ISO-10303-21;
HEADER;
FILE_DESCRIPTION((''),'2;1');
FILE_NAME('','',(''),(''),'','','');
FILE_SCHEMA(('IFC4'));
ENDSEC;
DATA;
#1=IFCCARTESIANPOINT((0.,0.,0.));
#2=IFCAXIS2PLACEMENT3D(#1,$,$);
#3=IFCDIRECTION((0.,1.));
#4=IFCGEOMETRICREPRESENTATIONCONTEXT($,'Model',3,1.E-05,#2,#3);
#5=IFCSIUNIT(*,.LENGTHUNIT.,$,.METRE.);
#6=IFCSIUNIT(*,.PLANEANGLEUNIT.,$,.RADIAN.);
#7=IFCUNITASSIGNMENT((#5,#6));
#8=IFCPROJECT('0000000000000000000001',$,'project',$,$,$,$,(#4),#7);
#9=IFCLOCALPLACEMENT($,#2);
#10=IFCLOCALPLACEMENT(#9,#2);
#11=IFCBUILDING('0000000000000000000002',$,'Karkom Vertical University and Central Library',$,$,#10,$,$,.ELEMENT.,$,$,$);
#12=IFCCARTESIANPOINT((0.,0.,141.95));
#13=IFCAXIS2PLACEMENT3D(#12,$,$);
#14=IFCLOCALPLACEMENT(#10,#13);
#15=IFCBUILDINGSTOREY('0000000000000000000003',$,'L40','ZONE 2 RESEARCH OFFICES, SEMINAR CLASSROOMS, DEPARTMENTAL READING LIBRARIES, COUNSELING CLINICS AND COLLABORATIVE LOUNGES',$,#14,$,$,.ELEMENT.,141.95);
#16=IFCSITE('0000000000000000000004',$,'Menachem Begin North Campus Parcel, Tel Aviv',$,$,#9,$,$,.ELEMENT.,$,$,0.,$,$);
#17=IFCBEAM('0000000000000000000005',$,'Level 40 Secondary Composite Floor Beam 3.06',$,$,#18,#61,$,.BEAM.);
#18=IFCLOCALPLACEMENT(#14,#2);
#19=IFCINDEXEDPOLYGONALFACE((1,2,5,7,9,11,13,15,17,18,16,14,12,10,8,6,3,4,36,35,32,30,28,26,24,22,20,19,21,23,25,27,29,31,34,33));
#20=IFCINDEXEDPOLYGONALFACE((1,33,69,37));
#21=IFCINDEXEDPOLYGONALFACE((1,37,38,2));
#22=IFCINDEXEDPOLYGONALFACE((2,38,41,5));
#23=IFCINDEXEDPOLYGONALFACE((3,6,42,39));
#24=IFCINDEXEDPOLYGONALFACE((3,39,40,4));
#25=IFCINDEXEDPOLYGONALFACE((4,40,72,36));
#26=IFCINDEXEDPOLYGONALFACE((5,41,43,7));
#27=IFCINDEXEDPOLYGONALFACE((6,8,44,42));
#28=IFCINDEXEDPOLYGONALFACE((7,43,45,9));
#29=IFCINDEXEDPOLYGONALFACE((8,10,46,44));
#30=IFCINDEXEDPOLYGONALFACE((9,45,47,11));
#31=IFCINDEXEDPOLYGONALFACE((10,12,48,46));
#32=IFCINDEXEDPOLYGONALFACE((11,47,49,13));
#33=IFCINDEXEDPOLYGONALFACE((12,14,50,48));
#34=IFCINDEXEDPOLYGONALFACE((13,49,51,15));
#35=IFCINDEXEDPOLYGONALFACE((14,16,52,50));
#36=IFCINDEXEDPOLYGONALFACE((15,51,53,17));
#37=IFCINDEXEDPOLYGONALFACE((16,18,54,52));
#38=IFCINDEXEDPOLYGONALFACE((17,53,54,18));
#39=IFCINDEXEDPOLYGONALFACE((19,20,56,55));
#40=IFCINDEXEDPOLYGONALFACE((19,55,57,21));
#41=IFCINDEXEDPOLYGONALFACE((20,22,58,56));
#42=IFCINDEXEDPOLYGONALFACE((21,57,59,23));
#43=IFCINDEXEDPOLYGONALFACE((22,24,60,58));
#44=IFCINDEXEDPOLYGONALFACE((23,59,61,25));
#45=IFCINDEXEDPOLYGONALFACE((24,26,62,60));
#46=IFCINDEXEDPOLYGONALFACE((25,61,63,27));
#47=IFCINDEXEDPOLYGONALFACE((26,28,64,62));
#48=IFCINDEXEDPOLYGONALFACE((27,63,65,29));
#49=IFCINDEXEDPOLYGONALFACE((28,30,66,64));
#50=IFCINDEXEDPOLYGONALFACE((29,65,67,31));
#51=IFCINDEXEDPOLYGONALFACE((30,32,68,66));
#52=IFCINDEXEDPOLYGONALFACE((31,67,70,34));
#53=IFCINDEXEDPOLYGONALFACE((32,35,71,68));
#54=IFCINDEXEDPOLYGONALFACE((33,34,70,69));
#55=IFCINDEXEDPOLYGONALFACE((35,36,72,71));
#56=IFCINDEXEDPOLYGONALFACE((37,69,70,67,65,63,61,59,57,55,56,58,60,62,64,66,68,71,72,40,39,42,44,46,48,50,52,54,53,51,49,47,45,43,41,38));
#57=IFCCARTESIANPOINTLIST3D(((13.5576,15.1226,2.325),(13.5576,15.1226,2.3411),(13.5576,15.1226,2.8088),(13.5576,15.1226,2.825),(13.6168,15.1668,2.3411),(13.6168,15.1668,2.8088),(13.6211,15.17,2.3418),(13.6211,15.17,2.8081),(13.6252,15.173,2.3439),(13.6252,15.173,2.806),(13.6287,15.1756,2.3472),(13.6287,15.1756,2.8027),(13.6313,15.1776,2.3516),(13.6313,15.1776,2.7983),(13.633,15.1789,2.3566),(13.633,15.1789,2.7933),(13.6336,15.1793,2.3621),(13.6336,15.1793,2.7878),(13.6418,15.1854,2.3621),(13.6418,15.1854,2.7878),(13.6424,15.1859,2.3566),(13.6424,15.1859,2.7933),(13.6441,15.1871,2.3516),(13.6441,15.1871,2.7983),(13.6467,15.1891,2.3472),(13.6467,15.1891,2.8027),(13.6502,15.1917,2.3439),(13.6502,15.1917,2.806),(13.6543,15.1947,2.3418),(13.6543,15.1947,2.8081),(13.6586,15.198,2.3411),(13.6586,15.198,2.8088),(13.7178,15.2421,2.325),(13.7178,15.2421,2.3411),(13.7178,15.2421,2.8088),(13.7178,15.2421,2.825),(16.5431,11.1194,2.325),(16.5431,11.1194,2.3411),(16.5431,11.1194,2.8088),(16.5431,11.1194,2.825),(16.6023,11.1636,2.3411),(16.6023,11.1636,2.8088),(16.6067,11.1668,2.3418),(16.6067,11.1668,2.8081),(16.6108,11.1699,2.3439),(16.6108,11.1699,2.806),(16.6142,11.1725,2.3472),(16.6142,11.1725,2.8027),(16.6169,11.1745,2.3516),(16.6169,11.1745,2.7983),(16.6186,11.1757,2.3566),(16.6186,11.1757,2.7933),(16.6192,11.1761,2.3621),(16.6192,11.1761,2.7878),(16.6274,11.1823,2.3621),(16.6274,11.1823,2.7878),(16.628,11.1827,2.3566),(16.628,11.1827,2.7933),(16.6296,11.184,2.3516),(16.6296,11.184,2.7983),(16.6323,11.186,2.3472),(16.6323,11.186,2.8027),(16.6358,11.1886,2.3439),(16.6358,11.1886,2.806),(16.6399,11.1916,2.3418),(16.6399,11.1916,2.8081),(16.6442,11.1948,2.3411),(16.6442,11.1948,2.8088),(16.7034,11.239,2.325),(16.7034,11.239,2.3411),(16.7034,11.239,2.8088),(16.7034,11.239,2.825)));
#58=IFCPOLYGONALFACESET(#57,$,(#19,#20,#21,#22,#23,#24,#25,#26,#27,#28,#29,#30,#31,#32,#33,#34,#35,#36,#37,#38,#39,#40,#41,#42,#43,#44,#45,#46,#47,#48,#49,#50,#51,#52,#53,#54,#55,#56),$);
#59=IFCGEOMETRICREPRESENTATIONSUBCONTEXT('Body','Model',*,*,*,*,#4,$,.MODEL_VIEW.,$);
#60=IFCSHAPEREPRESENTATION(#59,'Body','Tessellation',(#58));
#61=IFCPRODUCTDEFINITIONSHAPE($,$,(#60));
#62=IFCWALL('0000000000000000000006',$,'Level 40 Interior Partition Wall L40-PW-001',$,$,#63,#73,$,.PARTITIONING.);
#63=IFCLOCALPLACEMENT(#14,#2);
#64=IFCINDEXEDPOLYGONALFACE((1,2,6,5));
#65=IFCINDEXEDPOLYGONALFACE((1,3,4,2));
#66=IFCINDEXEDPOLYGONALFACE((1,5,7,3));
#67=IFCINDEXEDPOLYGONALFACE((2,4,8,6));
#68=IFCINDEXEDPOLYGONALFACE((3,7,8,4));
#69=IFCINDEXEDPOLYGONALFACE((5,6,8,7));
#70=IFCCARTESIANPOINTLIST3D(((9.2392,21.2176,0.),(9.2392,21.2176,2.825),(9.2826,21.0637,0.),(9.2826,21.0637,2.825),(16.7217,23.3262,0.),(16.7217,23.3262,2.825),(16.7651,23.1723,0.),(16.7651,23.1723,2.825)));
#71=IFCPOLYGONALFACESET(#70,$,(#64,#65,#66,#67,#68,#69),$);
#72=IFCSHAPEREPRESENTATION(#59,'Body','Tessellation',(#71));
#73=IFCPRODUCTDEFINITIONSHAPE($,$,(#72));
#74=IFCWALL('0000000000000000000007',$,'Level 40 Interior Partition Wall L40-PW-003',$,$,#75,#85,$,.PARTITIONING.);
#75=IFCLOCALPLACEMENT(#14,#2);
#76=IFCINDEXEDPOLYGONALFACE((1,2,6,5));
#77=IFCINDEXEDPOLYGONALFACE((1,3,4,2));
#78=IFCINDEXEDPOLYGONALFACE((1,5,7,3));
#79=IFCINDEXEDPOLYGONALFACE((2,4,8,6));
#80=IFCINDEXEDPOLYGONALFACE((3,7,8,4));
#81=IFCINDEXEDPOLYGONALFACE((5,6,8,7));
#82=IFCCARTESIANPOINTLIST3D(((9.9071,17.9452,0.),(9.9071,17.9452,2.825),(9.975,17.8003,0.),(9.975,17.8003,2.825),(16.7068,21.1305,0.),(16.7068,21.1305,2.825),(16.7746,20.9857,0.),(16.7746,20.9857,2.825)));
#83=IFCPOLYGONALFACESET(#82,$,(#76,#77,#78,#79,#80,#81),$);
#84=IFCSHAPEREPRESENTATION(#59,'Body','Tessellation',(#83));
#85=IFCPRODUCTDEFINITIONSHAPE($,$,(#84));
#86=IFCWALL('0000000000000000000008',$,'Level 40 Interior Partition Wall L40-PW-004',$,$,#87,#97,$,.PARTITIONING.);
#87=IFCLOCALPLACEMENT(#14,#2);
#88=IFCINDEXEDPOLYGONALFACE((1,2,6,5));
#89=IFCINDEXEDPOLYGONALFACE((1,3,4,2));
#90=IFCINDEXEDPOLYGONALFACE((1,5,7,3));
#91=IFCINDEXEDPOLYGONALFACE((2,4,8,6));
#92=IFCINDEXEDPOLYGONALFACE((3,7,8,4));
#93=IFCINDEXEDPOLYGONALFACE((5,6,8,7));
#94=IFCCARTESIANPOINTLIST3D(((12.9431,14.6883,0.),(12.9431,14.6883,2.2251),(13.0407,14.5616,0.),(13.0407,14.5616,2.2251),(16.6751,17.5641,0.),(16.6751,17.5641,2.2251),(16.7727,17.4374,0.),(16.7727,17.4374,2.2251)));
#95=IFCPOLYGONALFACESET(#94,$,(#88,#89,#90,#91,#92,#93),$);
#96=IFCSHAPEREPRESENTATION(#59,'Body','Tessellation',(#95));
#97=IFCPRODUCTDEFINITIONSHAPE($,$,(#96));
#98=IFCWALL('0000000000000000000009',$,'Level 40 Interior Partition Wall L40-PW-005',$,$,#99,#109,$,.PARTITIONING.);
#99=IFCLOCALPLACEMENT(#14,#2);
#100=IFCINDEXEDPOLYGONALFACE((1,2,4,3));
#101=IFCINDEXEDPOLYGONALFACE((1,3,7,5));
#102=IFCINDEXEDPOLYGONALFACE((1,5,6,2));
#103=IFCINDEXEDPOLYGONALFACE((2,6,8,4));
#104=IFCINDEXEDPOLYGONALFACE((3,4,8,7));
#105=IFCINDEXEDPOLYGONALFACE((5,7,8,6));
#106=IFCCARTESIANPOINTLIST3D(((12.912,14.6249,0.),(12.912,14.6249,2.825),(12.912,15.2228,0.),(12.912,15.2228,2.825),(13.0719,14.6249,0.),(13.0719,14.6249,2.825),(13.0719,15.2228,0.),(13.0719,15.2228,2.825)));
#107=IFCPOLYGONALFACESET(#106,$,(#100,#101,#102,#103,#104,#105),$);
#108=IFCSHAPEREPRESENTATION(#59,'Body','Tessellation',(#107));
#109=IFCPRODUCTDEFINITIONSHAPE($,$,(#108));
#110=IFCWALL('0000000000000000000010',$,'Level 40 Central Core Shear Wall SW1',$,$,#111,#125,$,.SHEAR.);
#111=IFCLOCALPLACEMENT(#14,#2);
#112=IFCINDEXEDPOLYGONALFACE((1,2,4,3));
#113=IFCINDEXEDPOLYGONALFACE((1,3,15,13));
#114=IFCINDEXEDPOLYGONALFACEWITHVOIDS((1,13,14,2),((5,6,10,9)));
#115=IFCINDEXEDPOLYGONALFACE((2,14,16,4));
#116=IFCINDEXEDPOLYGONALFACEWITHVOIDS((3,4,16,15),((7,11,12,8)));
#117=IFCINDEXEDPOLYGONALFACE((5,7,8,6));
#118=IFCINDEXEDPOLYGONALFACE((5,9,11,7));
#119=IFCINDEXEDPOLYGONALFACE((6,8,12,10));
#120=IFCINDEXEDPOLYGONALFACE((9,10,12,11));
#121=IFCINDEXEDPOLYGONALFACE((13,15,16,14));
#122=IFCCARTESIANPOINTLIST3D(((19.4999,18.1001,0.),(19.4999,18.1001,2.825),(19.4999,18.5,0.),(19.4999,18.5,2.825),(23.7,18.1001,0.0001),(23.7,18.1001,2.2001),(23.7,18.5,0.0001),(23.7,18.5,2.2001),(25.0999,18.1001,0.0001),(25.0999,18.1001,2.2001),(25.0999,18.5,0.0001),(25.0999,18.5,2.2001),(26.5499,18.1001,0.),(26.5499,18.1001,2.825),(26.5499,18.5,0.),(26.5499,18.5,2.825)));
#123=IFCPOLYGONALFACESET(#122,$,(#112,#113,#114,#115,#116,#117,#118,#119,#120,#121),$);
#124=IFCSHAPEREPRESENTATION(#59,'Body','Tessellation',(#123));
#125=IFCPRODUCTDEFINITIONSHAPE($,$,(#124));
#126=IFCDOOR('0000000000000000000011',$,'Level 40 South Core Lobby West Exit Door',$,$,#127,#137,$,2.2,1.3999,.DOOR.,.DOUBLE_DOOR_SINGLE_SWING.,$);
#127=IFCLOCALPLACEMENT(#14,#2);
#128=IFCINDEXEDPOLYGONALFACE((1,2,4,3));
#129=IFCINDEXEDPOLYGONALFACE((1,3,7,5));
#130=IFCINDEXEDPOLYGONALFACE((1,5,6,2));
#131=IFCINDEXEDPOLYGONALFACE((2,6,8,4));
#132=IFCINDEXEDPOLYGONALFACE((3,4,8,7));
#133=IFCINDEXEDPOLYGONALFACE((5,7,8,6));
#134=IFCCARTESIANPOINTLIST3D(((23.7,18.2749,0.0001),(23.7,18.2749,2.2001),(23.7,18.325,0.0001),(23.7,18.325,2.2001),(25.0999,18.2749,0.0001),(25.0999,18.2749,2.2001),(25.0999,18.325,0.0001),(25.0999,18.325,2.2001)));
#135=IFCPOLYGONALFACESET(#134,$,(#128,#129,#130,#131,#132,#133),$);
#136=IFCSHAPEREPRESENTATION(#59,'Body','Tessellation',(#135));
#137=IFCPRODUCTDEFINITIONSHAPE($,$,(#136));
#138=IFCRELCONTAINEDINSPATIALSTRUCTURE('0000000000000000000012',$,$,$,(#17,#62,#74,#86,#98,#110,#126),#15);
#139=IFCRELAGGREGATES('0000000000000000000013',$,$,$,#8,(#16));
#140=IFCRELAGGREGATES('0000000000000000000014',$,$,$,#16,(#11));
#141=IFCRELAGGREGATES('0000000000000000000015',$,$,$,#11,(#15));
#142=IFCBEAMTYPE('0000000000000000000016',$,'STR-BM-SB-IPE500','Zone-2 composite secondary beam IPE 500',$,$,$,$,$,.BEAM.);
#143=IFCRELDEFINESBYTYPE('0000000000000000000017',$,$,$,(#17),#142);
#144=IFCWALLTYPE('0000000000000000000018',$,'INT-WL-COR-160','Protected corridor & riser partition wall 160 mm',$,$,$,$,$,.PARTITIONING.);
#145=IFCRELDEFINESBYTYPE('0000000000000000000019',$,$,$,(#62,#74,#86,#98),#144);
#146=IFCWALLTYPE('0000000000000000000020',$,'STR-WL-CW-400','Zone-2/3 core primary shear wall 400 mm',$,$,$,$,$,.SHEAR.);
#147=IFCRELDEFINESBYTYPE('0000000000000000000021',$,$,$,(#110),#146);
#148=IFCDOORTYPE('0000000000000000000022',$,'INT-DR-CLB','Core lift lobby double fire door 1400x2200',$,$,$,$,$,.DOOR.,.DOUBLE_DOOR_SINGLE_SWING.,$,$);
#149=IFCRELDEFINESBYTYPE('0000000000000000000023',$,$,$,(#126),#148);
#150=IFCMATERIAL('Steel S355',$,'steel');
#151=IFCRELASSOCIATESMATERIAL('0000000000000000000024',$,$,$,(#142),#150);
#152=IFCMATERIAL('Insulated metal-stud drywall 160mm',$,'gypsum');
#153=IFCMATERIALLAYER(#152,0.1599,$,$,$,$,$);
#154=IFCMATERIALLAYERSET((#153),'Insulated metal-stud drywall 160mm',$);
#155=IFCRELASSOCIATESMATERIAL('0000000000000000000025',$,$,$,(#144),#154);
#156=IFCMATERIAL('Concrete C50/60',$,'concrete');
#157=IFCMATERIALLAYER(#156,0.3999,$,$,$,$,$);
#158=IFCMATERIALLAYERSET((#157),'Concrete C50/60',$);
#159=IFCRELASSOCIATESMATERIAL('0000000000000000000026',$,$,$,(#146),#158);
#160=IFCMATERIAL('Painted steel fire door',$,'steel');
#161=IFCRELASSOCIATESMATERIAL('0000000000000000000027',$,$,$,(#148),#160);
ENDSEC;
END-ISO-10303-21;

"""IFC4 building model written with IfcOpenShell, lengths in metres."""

from ifc_helpers import new_model, si_unit, direction, frame, frame_2d, origin, origin_with_axes, origin_2d, place, context, subcontext, project, spatial, rectangle, i_section, extrude, source, transform, mapped, material, layer, layer_set, material_profile, profile_set, type_object, element, fill, save


model = new_model("IFC4")

# Units and contexts
model_context = context("Model", 3, precision=1e-05, world=origin(), true_north=direction((0.0, 1.0)))
body_context = subcontext(model_context, "Body", "Model", "MODEL_VIEW")
ifc_project = project(units=[si_unit("LENGTHUNIT", "METRE"), si_unit("PLANEANGLEUNIT", "RADIAN")], contexts=[model_context])

# Site, building, storey
site_placement = place(None, origin())
site = spatial("IfcSite", under=ifc_project, at=site_placement, Name="Menachem Begin North Campus Parcel, Tel Aviv", CompositionType="ELEMENT", RefElevation=0.0)
building_placement = place(site_placement, origin())
building = spatial("IfcBuilding", under=site, at=building_placement, Name="Karkom Vertical University and Central Library", CompositionType="ELEMENT")
storey_placement = place(building_placement, frame((0.0, 0.0, 141.95)))
storey = spatial("IfcBuildingStorey", under=building, at=storey_placement, Name="L40", Description="ZONE 2 RESEARCH OFFICES, SEMINAR CLASSROOMS, DEPARTMENTAL READING LIBRARIES, COUNSELING CLINICS AND COLLABORATIVE LOUNGES", CompositionType="ELEMENT", Elevation=141.95)

# Beam
ifc_material_1 = material(Name="Steel S355", Category="steel")
ifc_material_profile_1 = material_profile(ifc_material_1, i_section(OverallWidth=0.2, OverallDepth=0.5, WebThickness=0.0103, FlangeThickness=0.0161, FilletRadius=0.021, at=origin_2d()), Name="IPE 500")
ifc_profile_set_1 = profile_set([ifc_material_profile_1], Name="Steel S355")
beam_type_1 = type_object("IfcBeamType", Name="STR-BM-SB-IPE500", Description="Zone-2 composite secondary beam IPE 500", PredefinedType="BEAM", material=ifc_profile_set_1)
shared_shape_1 = source(origin_with_axes(), body_context, "Body", "SweptSolid", [
    extrude(i_section(OverallWidth=0.2, OverallDepth=0.5, WebThickness=0.0103, FlangeThickness=0.0161, FilletRadius=0.021, at=origin_2d()), origin(), (0.0, 0.0, 1.0), 4.9939),
])
beam_1_placement = place(storey_placement, frame((13.6377, 15.1824, 2.575), z_axis=(0.597847, -0.80161, 0.0), x_axis=(0.80161, 0.597847, 0.0)))
element("IfcBeam", 1, at=beam_1_placement, inside=storey, type_object=beam_type_1, Name="Level 40 Secondary Composite Floor Beam 3.06", PredefinedType="BEAM", context=body_context, shape_type="MappedRepresentation", body=[
    mapped(shared_shape_1, transform((0.0, 0.0, 0.0), scale=1.0)),
])

# Shared definitions
ifc_material_2 = material(Name="Insulated metal-stud drywall 160mm", Category="gypsum")
ifc_layer_1 = layer(ifc_material_2, 0.1599)
ifc_layer_set_1 = layer_set([ifc_layer_1], Name="Insulated metal-stud drywall 160mm")
wall_type_1 = type_object("IfcWallType", Name="INT-WL-COR-160", Description="Protected corridor & riser partition wall 160 mm", PredefinedType="PARTITIONING", material=ifc_layer_set_1)

# Walls
wall_1_placement = place(storey_placement, frame((16.7434, 23.2493, 0.0), z_axis=(0.0, 0.0, 1.0), x_axis=(-0.96251, -0.271248, 0.0)))
element("IfcWall", 2, at=wall_1_placement, inside=storey, type_object=wall_type_1, Name="Level 40 Interior Partition Wall L40-PW-001", PredefinedType="PARTITIONING", context=body_context, shape_type="SweptSolid", body=[
    extrude(rectangle(XDim=7.7739, YDim=0.1599, at=frame_2d((3.887, 0.0))), origin(), (0.0, 0.0, 1.0), 2.825),
])
wall_2_placement = place(storey_placement, frame((16.7407, 21.0581, 0.0), z_axis=(0.0, 0.0, 1.0), x_axis=(-0.905561, -0.424216, 0.0)))
element("IfcWall", 3, at=wall_2_placement, inside=storey, type_object=wall_type_1, Name="Level 40 Interior Partition Wall L40-PW-003", PredefinedType="PARTITIONING", context=body_context, shape_type="SweptSolid", body=[
    extrude(rectangle(XDim=7.5088, YDim=0.1599, at=frame_2d((3.7544, 0.0))), origin(), (0.0, 0.0, 1.0), 2.825),
])
wall_3_placement = place(storey_placement, frame((16.7239, 17.5007, 0.0), z_axis=(0.0, 0.0, 1.0), x_axis=(-0.792109, -0.610379, 0.0)))
element("IfcWall", 4, at=wall_3_placement, inside=storey, type_object=wall_type_1, Name="Level 40 Interior Partition Wall L40-PW-004", PredefinedType="PARTITIONING", context=body_context, shape_type="SweptSolid", body=[
    extrude(rectangle(XDim=4.7114, YDim=0.1599, at=frame_2d((2.3557, 0.0))), origin(), (0.0, 0.0, 1.0), 2.2251),
])
wall_4_placement = place(storey_placement, frame((12.9919, 14.625, 0.0), z_axis=(0.0, 0.0, 1.0), x_axis=(0.0, 1.0, 0.0)))
element("IfcWall", 5, at=wall_4_placement, inside=storey, type_object=wall_type_1, Name="Level 40 Interior Partition Wall L40-PW-005", PredefinedType="PARTITIONING", context=body_context, shape_type="SweptSolid", body=[
    extrude(rectangle(XDim=0.5979, YDim=0.1599, at=frame_2d((0.2988, 0.0))), origin(), (0.0, 0.0, 1.0), 2.825),
])

# Wall, opening, door
ifc_material_3 = material(Name="Concrete C50/60", Category="concrete")
ifc_layer_2 = layer(ifc_material_3, 0.3999)
ifc_layer_set_2 = layer_set([ifc_layer_2], Name="Concrete C50/60")
wall_type_2 = type_object("IfcWallType", Name="STR-WL-CW-400", Description="Zone-2/3 core primary shear wall 400 mm", PredefinedType="SHEAR", material=ifc_layer_set_2)
wall_5_placement = place(storey_placement, frame((19.5, 18.3, 0.0), z_axis=(0.0, 0.0, 1.0), x_axis=(1.0, 0.0, 0.0)))
wall_5 = element("IfcWall", 6, at=wall_5_placement, inside=storey, type_object=wall_type_2, Name="Level 40 Central Core Shear Wall SW1", PredefinedType="SHEAR", context=body_context, shape_type="SweptSolid", body=[
    extrude(rectangle(XDim=7.05, YDim=0.3999, at=frame_2d((3.5249, 0.0))), origin(), (0.0, 0.0, 1.0), 2.825),
])
opening_1_placement = place(wall_5_placement, frame((4.2, 0.0, 0.0)))
opening_1 = element("IfcOpeningElement", 7, at=opening_1_placement, cuts=wall_5, PredefinedType="OPENING", context=body_context, shape_type="SweptSolid", body=[
    extrude(rectangle(XDim=1.3999, YDim=2.2, at=frame_2d((0.7, 1.1001))), frame((0.0, 0.21, 0.0), z_axis=(0.0, -1.0, 0.0), x_axis=(1.0, 0.0, 0.0)), (0.0, 0.0, 1.0), 0.4199),
])
ifc_material_4 = material(Name="Painted steel fire door", Category="steel")
door_type_1 = type_object("IfcDoorType", Name="INT-DR-CLB", Description="Core lift lobby double fire door 1400x2200", OperationType="DOUBLE_DOOR_SINGLE_SWING", PredefinedType="DOOR", material=ifc_material_4)
shared_shape_2 = source(origin_with_axes(), body_context, "Body", "SweptSolid", [
    extrude(rectangle(XDim=1.3999, YDim=2.2, at=frame_2d((0.7, 1.1001))), frame((0.0, 0.0249, 0.0), z_axis=(0.0, -1.0, 0.0), x_axis=(1.0, 0.0, 0.0)), (0.0, 0.0, 1.0), 0.05),
])
door_1_placement = place(opening_1_placement, origin())
door_1 = element("IfcDoor", 8, at=door_1_placement, inside=storey, type_object=door_type_1, Name="Level 40 South Core Lobby West Exit Door", OperationType="DOUBLE_DOOR_SINGLE_SWING", OverallHeight=2.2, OverallWidth=1.3999, PredefinedType="DOOR", context=body_context, shape_type="MappedRepresentation", body=[
    mapped(shared_shape_2, transform((0.0, 0.0, 0.0), scale=1.0)),
])
fill(opening_1, door_1)

save(model, "model.ifc")
